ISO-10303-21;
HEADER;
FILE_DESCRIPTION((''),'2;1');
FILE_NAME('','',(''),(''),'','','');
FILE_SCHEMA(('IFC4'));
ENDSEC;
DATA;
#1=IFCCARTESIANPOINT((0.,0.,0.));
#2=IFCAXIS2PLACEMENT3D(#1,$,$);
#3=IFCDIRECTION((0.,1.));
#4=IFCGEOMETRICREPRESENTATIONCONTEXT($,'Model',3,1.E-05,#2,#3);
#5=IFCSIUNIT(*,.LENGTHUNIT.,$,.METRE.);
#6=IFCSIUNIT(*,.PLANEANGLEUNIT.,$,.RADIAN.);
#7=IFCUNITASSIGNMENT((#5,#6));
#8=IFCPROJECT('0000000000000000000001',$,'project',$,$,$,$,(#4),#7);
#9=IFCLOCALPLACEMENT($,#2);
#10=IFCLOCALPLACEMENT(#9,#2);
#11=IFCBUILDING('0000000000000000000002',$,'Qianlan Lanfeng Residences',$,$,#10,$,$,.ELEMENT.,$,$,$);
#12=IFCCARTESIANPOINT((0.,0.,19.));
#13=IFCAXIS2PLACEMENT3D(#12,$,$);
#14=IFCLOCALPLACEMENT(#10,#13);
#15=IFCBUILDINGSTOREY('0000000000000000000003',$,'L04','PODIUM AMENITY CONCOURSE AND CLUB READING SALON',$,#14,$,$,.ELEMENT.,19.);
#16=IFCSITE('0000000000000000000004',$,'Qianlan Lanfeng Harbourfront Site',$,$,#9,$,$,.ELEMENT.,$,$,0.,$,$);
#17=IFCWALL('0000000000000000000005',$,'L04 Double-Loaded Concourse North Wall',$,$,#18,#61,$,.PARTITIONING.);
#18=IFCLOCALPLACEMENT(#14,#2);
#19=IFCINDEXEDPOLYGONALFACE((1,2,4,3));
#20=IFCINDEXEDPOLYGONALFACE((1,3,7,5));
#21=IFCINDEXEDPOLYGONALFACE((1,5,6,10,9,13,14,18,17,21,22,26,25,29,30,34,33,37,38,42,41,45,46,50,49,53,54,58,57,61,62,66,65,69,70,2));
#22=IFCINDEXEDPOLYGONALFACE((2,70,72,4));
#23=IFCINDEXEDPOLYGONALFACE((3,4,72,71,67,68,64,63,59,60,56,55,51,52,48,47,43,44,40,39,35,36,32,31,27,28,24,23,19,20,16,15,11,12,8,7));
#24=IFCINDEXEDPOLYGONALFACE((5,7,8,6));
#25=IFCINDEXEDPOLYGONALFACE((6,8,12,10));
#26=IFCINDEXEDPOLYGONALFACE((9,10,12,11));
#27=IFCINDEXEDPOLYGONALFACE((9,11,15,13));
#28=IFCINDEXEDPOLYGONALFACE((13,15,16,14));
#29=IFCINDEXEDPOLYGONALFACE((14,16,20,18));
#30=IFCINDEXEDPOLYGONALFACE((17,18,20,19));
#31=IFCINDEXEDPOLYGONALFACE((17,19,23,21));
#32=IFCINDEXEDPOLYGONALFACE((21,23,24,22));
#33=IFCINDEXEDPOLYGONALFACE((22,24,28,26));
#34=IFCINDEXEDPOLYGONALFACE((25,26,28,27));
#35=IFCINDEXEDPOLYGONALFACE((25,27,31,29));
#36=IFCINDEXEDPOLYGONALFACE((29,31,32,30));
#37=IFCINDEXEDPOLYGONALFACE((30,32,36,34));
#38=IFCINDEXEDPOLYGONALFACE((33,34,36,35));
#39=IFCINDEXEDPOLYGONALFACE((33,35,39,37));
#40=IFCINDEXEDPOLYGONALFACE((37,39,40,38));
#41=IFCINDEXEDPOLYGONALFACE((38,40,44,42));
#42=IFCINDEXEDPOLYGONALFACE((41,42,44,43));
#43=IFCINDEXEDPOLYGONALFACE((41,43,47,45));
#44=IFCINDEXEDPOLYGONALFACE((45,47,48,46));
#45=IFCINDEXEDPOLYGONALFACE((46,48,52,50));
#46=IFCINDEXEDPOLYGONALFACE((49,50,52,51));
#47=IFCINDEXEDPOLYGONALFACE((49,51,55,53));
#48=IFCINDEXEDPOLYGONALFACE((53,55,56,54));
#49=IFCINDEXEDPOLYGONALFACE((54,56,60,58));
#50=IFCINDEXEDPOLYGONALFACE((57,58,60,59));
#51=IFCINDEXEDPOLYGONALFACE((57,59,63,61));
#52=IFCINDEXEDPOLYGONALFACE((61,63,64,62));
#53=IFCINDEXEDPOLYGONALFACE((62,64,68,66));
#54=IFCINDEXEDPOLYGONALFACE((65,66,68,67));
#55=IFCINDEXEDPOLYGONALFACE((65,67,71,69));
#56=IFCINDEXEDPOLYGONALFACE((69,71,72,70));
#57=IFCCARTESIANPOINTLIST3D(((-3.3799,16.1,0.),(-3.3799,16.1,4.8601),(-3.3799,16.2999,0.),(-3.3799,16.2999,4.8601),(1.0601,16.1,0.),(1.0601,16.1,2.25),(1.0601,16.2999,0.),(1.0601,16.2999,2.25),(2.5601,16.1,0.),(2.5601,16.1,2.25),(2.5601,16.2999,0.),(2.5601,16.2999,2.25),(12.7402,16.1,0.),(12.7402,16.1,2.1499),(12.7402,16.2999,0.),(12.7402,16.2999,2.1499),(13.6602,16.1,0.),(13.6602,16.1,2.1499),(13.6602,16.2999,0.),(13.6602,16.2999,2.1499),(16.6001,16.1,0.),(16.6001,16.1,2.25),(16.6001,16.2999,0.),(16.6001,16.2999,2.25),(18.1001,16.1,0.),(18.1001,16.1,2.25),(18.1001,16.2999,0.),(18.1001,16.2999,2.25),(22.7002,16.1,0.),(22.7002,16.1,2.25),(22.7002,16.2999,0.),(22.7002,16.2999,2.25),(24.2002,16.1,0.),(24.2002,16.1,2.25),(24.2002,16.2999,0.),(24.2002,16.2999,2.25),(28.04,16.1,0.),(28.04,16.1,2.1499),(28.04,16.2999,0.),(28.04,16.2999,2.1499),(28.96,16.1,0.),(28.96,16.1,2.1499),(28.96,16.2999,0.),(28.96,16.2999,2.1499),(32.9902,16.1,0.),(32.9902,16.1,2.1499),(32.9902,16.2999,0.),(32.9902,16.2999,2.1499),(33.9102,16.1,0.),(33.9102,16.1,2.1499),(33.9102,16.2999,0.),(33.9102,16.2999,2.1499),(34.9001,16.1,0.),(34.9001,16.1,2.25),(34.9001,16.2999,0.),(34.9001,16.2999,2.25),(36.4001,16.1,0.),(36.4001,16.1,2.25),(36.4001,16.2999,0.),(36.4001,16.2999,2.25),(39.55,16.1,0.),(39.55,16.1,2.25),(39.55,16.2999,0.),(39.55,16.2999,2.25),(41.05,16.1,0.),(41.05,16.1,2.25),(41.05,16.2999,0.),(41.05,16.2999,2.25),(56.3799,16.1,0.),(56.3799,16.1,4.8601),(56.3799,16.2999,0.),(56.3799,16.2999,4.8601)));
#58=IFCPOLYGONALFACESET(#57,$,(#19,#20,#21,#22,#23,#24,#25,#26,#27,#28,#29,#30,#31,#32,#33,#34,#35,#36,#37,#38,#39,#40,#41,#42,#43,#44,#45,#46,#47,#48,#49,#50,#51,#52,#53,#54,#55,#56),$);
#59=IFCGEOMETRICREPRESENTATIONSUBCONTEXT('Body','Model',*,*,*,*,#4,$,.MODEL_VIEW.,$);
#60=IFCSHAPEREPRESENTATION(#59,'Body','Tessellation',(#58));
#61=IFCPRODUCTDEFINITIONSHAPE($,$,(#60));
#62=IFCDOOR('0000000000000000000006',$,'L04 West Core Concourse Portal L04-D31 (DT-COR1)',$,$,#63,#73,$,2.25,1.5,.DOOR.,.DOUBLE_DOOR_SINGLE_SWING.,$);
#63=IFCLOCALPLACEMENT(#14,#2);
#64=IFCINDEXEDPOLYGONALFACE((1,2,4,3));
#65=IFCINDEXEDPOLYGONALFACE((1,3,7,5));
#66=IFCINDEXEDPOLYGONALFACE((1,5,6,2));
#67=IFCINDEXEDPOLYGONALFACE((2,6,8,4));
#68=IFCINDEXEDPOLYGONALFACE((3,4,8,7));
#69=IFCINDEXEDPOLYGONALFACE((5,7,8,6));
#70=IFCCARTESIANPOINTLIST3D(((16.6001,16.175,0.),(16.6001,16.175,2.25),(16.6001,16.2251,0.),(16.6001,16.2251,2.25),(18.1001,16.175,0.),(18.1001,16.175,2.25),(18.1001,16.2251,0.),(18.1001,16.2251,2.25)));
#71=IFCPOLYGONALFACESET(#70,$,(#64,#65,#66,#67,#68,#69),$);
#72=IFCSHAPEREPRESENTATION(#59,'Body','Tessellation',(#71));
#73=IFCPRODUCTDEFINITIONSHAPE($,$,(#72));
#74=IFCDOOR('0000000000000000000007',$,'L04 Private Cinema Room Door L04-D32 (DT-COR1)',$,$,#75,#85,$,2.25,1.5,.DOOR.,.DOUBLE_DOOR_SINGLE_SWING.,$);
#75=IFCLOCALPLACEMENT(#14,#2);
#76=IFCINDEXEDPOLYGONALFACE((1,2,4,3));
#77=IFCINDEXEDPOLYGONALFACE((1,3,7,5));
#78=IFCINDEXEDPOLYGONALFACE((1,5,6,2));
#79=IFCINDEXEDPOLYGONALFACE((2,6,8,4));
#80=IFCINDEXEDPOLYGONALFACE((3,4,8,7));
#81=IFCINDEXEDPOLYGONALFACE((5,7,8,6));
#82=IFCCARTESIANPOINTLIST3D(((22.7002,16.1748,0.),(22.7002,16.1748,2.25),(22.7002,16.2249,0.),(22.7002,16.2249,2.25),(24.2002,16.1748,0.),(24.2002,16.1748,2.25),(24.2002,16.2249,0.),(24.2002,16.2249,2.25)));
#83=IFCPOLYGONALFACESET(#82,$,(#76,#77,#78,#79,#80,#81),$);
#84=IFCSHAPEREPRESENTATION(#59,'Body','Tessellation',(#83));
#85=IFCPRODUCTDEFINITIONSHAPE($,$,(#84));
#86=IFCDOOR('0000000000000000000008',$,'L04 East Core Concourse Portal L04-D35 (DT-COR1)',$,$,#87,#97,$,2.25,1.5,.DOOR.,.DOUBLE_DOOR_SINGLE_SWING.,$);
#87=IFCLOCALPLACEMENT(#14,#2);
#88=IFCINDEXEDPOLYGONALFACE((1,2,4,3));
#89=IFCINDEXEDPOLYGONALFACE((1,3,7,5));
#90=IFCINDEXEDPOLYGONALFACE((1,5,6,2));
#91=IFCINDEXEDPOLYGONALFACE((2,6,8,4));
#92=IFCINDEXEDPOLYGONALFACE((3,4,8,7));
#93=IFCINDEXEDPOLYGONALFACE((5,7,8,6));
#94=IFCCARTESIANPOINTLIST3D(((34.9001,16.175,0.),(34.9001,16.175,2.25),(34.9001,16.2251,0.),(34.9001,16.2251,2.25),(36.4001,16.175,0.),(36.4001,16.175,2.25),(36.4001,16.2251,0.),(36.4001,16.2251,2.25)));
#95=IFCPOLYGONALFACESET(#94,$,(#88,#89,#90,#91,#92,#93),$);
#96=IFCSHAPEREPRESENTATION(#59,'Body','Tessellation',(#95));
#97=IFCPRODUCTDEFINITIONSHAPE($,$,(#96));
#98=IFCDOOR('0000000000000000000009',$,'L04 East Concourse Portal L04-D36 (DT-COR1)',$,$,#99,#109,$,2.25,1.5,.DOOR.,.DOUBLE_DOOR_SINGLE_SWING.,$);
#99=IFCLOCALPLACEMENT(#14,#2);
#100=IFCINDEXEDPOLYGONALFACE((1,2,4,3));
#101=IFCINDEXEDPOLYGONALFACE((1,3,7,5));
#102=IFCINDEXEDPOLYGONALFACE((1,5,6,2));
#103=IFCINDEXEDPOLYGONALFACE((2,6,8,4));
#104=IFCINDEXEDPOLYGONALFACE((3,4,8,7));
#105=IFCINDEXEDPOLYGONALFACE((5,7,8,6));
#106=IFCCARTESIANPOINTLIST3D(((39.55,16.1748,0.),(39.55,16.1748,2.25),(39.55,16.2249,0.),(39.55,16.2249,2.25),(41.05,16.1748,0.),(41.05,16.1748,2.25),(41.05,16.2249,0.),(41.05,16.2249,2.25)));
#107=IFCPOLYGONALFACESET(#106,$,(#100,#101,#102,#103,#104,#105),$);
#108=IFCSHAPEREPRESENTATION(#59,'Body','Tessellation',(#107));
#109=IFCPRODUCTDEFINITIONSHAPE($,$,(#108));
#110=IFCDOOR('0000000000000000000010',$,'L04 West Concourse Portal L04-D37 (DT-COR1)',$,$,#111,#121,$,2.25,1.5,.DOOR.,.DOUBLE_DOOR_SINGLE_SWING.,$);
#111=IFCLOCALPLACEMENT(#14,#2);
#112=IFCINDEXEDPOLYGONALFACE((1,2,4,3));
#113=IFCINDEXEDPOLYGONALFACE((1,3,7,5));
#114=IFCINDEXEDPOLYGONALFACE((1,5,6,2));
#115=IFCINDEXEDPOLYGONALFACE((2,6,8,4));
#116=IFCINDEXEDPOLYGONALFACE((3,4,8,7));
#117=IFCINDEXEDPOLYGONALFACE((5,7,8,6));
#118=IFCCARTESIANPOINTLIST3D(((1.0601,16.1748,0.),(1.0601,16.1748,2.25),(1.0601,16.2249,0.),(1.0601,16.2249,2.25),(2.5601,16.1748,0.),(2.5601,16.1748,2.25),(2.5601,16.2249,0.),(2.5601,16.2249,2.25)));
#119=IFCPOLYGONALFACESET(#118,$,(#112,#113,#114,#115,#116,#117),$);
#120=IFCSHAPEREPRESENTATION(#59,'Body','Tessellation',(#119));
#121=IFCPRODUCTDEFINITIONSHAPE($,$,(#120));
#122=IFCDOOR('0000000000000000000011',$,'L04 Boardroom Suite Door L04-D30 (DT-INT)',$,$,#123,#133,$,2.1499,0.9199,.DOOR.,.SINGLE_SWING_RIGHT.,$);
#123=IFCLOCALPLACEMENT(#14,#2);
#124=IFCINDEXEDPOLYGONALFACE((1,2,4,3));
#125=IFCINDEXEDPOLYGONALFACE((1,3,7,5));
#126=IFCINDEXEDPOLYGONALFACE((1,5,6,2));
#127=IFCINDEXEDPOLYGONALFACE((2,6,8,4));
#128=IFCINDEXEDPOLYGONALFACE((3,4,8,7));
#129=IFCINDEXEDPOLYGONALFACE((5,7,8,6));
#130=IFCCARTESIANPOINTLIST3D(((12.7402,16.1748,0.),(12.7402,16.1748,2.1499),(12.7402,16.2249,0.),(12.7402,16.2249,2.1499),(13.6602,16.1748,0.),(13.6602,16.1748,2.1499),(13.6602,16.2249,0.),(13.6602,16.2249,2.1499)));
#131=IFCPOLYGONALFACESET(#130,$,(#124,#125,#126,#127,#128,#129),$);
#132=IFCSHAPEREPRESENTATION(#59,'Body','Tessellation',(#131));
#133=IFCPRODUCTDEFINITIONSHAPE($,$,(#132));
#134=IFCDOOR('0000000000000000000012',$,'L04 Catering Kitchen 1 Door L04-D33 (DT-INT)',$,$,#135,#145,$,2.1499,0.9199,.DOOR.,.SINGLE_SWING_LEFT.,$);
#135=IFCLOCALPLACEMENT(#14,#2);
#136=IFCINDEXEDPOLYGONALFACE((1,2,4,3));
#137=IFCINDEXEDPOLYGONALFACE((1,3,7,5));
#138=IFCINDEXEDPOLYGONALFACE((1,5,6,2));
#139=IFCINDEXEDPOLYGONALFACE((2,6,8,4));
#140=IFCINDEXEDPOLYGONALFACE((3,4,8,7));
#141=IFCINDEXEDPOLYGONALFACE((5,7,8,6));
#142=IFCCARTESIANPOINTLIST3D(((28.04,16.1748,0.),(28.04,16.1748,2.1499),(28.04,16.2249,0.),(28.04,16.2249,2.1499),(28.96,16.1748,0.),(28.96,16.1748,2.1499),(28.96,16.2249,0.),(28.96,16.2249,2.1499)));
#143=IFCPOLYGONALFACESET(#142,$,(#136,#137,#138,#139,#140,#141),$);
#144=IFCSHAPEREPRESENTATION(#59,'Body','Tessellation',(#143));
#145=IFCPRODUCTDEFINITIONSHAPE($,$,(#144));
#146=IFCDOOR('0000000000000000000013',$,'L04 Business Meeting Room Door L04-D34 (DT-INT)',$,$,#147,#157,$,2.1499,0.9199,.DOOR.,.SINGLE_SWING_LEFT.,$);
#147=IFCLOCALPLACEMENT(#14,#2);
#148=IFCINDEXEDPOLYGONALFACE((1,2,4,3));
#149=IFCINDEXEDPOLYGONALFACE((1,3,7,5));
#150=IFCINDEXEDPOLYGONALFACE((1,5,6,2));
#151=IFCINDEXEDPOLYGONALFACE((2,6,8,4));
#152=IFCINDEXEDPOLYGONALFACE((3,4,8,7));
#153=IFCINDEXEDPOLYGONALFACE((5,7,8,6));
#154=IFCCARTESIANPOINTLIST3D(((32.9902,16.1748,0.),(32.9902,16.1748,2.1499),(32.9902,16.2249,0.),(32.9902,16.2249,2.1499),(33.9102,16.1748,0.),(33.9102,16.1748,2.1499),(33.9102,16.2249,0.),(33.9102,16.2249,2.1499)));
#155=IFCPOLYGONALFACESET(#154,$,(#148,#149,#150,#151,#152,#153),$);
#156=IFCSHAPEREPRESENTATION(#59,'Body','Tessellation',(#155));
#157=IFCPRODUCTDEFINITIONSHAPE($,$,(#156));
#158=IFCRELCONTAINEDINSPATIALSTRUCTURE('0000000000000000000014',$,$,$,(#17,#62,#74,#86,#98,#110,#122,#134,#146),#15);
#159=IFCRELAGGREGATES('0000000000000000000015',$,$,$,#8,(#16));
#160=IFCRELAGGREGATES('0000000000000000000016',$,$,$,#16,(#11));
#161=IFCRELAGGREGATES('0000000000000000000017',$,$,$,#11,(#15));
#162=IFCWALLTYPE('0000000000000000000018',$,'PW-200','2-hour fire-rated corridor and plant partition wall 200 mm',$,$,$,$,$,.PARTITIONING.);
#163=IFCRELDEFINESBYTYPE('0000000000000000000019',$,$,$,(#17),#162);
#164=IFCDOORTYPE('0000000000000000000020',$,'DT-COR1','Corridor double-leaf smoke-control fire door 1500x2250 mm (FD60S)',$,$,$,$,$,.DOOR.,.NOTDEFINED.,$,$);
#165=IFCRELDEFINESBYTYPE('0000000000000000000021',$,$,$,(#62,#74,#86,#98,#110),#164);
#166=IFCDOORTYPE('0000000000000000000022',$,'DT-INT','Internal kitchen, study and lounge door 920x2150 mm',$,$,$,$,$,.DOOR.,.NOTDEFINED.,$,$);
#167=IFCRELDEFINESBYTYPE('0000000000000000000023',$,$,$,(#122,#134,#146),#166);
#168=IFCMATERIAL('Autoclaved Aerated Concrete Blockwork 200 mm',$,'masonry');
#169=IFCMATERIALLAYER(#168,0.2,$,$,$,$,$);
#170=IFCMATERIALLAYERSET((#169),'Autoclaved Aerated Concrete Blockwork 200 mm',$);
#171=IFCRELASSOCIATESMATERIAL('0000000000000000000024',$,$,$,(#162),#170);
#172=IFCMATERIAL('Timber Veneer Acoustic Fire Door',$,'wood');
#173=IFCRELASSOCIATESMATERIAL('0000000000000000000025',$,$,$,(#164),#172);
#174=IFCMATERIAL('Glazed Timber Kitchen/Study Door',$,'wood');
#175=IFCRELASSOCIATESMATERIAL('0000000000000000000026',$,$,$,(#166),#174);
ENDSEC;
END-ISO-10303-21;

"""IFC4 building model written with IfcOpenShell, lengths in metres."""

from ifc_helpers import new_model, si_unit, direction, frame, frame_2d, origin, place, context, subcontext, project, spatial, rectangle, extrude, material, layer, layer_set, type_object, element, fill, save


model = new_model("IFC4")

# Units and contexts
model_context = context("Model", 3, precision=1e-05, world=origin(), true_north=direction((0.0, 1.0)))
body_context = subcontext(model_context, "Body", "Model", "MODEL_VIEW")
ifc_project = project(units=[si_unit("LENGTHUNIT", "METRE"), si_unit("PLANEANGLEUNIT", "RADIAN")], contexts=[model_context])

# Site, building, storey
site_placement = place(None, origin())
site = spatial("IfcSite", under=ifc_project, at=site_placement, Name="Qianlan Lanfeng Harbourfront Site", CompositionType="ELEMENT", RefElevation=0.0)
building_placement = place(site_placement, origin())
building = spatial("IfcBuilding", under=site, at=building_placement, Name="Qianlan Lanfeng Residences", CompositionType="ELEMENT")
storey_placement = place(building_placement, frame((0.0, 0.0, 19.0)))
storey = spatial("IfcBuildingStorey", under=building, at=storey_placement, Name="L04", Description="PODIUM AMENITY CONCOURSE AND CLUB READING SALON", CompositionType="ELEMENT", Elevation=19.0)

# Wall, openings, doors
ifc_material_1 = material(Name="Autoclaved Aerated Concrete Blockwork 200 mm", Category="masonry")
ifc_layer_1 = layer(ifc_material_1, 0.2)
ifc_layer_set_1 = layer_set([ifc_layer_1], Name="Autoclaved Aerated Concrete Blockwork 200 mm")
wall_type = type_object("IfcWallType", Name="PW-200", Description="2-hour fire-rated corridor and plant partition wall 200 mm", PredefinedType="PARTITIONING", material=ifc_layer_set_1)
wall_placement = place(storey_placement, frame((-3.3799, 16.2, 0.0), z_axis=(0.0, 0.0, 1.0), x_axis=(1.0, 0.0, 0.0)))
wall = element("IfcWall", 1, at=wall_placement, inside=storey, type_object=wall_type, Name="L04 Double-Loaded Concourse North Wall", PredefinedType="PARTITIONING", context=body_context, shape_type="SweptSolid", body=[
    extrude(rectangle(XDim=59.7598, YDim=0.2, at=frame_2d((29.8799, 0.0))), origin(), (0.0, 0.0, 1.0), 4.8601),
])
opening_1_placement = place(wall_placement, frame((16.1201, 0.0, 0.0)))
opening_1 = element("IfcOpeningElement", 2, at=opening_1_placement, cuts=wall, PredefinedType="OPENING", context=body_context, shape_type="SweptSolid", body=[
    extrude(rectangle(XDim=0.9199, YDim=2.1499, at=frame_2d((0.46, 1.075))), frame((0.0, 0.1099, 0.0), z_axis=(0.0, -1.0, 0.0), x_axis=(1.0, 0.0, 0.0)), (0.0, 0.0, 1.0), 0.22),
])
opening_2_placement = place(wall_placement, frame((19.98, 0.0, 0.0)))
opening_2 = element("IfcOpeningElement", 3, at=opening_2_placement, cuts=wall, PredefinedType="OPENING", context=body_context, shape_type="SweptSolid", body=[
    extrude(rectangle(XDim=1.5, YDim=2.25, at=frame_2d((0.75, 1.125))), frame((0.0, 0.1099, 0.0), z_axis=(0.0, -1.0, 0.0), x_axis=(1.0, 0.0, 0.0)), (0.0, 0.0, 1.0), 0.22),
])
opening_3_placement = place(wall_placement, frame((26.0801, 0.0, 0.0)))
opening_3 = element("IfcOpeningElement", 4, at=opening_3_placement, cuts=wall, PredefinedType="OPENING", context=body_context, shape_type="SweptSolid", body=[
    extrude(rectangle(XDim=1.5, YDim=2.25, at=frame_2d((0.75, 1.125))), frame((0.0, 0.1099, 0.0), z_axis=(0.0, -1.0, 0.0), x_axis=(1.0, 0.0, 0.0)), (0.0, 0.0, 1.0), 0.22),
])
opening_4_placement = place(wall_placement, frame((31.4199, 0.0, 0.0)))
opening_4 = element("IfcOpeningElement", 5, at=opening_4_placement, cuts=wall, PredefinedType="OPENING", context=body_context, shape_type="SweptSolid", body=[
    extrude(rectangle(XDim=0.9199, YDim=2.1499, at=frame_2d((0.46, 1.075))), frame((0.0, 0.1099, 0.0), z_axis=(0.0, -1.0, 0.0), x_axis=(1.0, 0.0, 0.0)), (0.0, 0.0, 1.0), 0.22),
])
opening_5_placement = place(wall_placement, frame((36.3701, 0.0, 0.0)))
opening_5 = element("IfcOpeningElement", 6, at=opening_5_placement, cuts=wall, PredefinedType="OPENING", context=body_context, shape_type="SweptSolid", body=[
    extrude(rectangle(XDim=0.9199, YDim=2.1499, at=frame_2d((0.46, 1.075))), frame((0.0, 0.1099, 0.0), z_axis=(0.0, -1.0, 0.0), x_axis=(1.0, 0.0, 0.0)), (0.0, 0.0, 1.0), 0.22),
])
opening_6_placement = place(wall_placement, frame((38.28, 0.0, 0.0)))
opening_6 = element("IfcOpeningElement", 7, at=opening_6_placement, cuts=wall, PredefinedType="OPENING", context=body_context, shape_type="SweptSolid", body=[
    extrude(rectangle(XDim=1.5, YDim=2.25, at=frame_2d((0.75, 1.125))), frame((0.0, 0.1099, 0.0), z_axis=(0.0, -1.0, 0.0), x_axis=(1.0, 0.0, 0.0)), (0.0, 0.0, 1.0), 0.22),
])
opening_7_placement = place(wall_placement, frame((42.9299, 0.0, 0.0)))
opening_7 = element("IfcOpeningElement", 8, at=opening_7_placement, cuts=wall, PredefinedType="OPENING", context=body_context, shape_type="SweptSolid", body=[
    extrude(rectangle(XDim=1.5, YDim=2.25, at=frame_2d((0.75, 1.125))), frame((0.0, 0.1099, 0.0), z_axis=(0.0, -1.0, 0.0), x_axis=(1.0, 0.0, 0.0)), (0.0, 0.0, 1.0), 0.22),
])
opening_8_placement = place(wall_placement, frame((4.4399, 0.0, 0.0)))
opening_8 = element("IfcOpeningElement", 9, at=opening_8_placement, cuts=wall, PredefinedType="OPENING", context=body_context, shape_type="SweptSolid", body=[
    extrude(rectangle(XDim=1.5, YDim=2.25, at=frame_2d((0.75, 1.125))), frame((0.0, 0.1099, 0.0), z_axis=(0.0, -1.0, 0.0), x_axis=(1.0, 0.0, 0.0)), (0.0, 0.0, 1.0), 0.22),
])
ifc_material_2 = material(Name="Timber Veneer Acoustic Fire Door", Category="wood")
door_type_1 = type_object("IfcDoorType", Name="DT-COR1", Description="Corridor double-leaf smoke-control fire door 1500x2250 mm (FD60S)", OperationType="NOTDEFINED", PredefinedType="DOOR", material=ifc_material_2)
door_1_placement = place(opening_2_placement, frame((1.5, 0.0, 0.0), z_axis=(0.0, 0.0, 1.0), x_axis=(-1.0, 0.0, 0.0)))
door_1 = element("IfcDoor", 10, at=door_1_placement, inside=storey, type_object=door_type_1, Name="L04 West Core Concourse Portal L04-D31 (DT-COR1)", OperationType="DOUBLE_DOOR_SINGLE_SWING", OverallHeight=2.25, OverallWidth=1.5, PredefinedType="DOOR", context=body_context, shape_type="SweptSolid", body=[
    extrude(rectangle(XDim=1.5, YDim=2.25, at=frame_2d((0.75, 1.125))), frame((0.0, 0.0249, 0.0), z_axis=(0.0, -1.0, 0.0), x_axis=(1.0, 0.0, 0.0)), (0.0, 0.0, 1.0), 0.05),
])
fill(opening_2, door_1)
door_2_placement = place(opening_3_placement, origin())
door_2 = element("IfcDoor", 11, at=door_2_placement, inside=storey, type_object=door_type_1, Name="L04 Private Cinema Room Door L04-D32 (DT-COR1)", OperationType="DOUBLE_DOOR_SINGLE_SWING", OverallHeight=2.25, OverallWidth=1.5, PredefinedType="DOOR", context=body_context, shape_type="SweptSolid", body=[
    extrude(rectangle(XDim=1.5, YDim=2.25, at=frame_2d((0.75, 1.125))), frame((0.0, 0.0249, 0.0), z_axis=(0.0, -1.0, 0.0), x_axis=(1.0, 0.0, 0.0)), (0.0, 0.0, 1.0), 0.05),
])
fill(opening_3, door_2)
door_3_placement = place(opening_6_placement, frame((1.5, 0.0, 0.0), z_axis=(0.0, 0.0, 1.0), x_axis=(-1.0, 0.0, 0.0)))
door_3 = element("IfcDoor", 12, at=door_3_placement, inside=storey, type_object=door_type_1, Name="L04 East Core Concourse Portal L04-D35 (DT-COR1)", OperationType="DOUBLE_DOOR_SINGLE_SWING", OverallHeight=2.25, OverallWidth=1.5, PredefinedType="DOOR", context=body_context, shape_type="SweptSolid", body=[
    extrude(rectangle(XDim=1.5, YDim=2.25, at=frame_2d((0.75, 1.125))), frame((0.0, 0.0249, 0.0), z_axis=(0.0, -1.0, 0.0), x_axis=(1.0, 0.0, 0.0)), (0.0, 0.0, 1.0), 0.05),
])
fill(opening_6, door_3)
door_4_placement = place(opening_7_placement, origin())
door_4 = element("IfcDoor", 13, at=door_4_placement, inside=storey, type_object=door_type_1, Name="L04 East Concourse Portal L04-D36 (DT-COR1)", OperationType="DOUBLE_DOOR_SINGLE_SWING", OverallHeight=2.25, OverallWidth=1.5, PredefinedType="DOOR", context=body_context, shape_type="SweptSolid", body=[
    extrude(rectangle(XDim=1.5, YDim=2.25, at=frame_2d((0.75, 1.125))), frame((0.0, 0.0249, 0.0), z_axis=(0.0, -1.0, 0.0), x_axis=(1.0, 0.0, 0.0)), (0.0, 0.0, 1.0), 0.05),
])
fill(opening_7, door_4)
door_5_placement = place(opening_8_placement, origin())
door_5 = element("IfcDoor", 14, at=door_5_placement, inside=storey, type_object=door_type_1, Name="L04 West Concourse Portal L04-D37 (DT-COR1)", OperationType="DOUBLE_DOOR_SINGLE_SWING", OverallHeight=2.25, OverallWidth=1.5, PredefinedType="DOOR", context=body_context, shape_type="SweptSolid", body=[
    extrude(rectangle(XDim=1.5, YDim=2.25, at=frame_2d((0.75, 1.125))), frame((0.0, 0.0249, 0.0), z_axis=(0.0, -1.0, 0.0), x_axis=(1.0, 0.0, 0.0)), (0.0, 0.0, 1.0), 0.05),
])
fill(opening_8, door_5)
ifc_material_3 = material(Name="Glazed Timber Kitchen/Study Door", Category="wood")
door_type_2 = type_object("IfcDoorType", Name="DT-INT", Description="Internal kitchen, study and lounge door 920x2150 mm", OperationType="NOTDEFINED", PredefinedType="DOOR", material=ifc_material_3)
door_6_placement = place(opening_1_placement, origin())
door_6 = element("IfcDoor", 15, at=door_6_placement, inside=storey, type_object=door_type_2, Name="L04 Boardroom Suite Door L04-D30 (DT-INT)", OperationType="SINGLE_SWING_RIGHT", OverallHeight=2.1499, OverallWidth=0.9199, PredefinedType="DOOR", context=body_context, shape_type="SweptSolid", body=[
    extrude(rectangle(XDim=0.9199, YDim=2.1499, at=frame_2d((0.46, 1.075))), frame((0.0, 0.0249, 0.0), z_axis=(0.0, -1.0, 0.0), x_axis=(1.0, 0.0, 0.0)), (0.0, 0.0, 1.0), 0.05),
])
fill(opening_1, door_6)
door_7_placement = place(opening_4_placement, origin())
door_7 = element("IfcDoor", 16, at=door_7_placement, inside=storey, type_object=door_type_2, Name="L04 Catering Kitchen 1 Door L04-D33 (DT-INT)", OperationType="SINGLE_SWING_LEFT", OverallHeight=2.1499, OverallWidth=0.9199, PredefinedType="DOOR", context=body_context, shape_type="SweptSolid", body=[
    extrude(rectangle(XDim=0.9199, YDim=2.1499, at=frame_2d((0.46, 1.075))), frame((0.0, 0.0249, 0.0), z_axis=(0.0, -1.0, 0.0), x_axis=(1.0, 0.0, 0.0)), (0.0, 0.0, 1.0), 0.05),
])
fill(opening_4, door_7)
door_8_placement = place(opening_5_placement, origin())
door_8 = element("IfcDoor", 17, at=door_8_placement, inside=storey, type_object=door_type_2, Name="L04 Business Meeting Room Door L04-D34 (DT-INT)", OperationType="SINGLE_SWING_LEFT", OverallHeight=2.1499, OverallWidth=0.9199, PredefinedType="DOOR", context=body_context, shape_type="SweptSolid", body=[
    extrude(rectangle(XDim=0.9199, YDim=2.1499, at=frame_2d((0.46, 1.075))), frame((0.0, 0.0249, 0.0), z_axis=(0.0, -1.0, 0.0), x_axis=(1.0, 0.0, 0.0)), (0.0, 0.0, 1.0), 0.05),
])
fill(opening_5, door_8)

save(model, "model.ifc")
